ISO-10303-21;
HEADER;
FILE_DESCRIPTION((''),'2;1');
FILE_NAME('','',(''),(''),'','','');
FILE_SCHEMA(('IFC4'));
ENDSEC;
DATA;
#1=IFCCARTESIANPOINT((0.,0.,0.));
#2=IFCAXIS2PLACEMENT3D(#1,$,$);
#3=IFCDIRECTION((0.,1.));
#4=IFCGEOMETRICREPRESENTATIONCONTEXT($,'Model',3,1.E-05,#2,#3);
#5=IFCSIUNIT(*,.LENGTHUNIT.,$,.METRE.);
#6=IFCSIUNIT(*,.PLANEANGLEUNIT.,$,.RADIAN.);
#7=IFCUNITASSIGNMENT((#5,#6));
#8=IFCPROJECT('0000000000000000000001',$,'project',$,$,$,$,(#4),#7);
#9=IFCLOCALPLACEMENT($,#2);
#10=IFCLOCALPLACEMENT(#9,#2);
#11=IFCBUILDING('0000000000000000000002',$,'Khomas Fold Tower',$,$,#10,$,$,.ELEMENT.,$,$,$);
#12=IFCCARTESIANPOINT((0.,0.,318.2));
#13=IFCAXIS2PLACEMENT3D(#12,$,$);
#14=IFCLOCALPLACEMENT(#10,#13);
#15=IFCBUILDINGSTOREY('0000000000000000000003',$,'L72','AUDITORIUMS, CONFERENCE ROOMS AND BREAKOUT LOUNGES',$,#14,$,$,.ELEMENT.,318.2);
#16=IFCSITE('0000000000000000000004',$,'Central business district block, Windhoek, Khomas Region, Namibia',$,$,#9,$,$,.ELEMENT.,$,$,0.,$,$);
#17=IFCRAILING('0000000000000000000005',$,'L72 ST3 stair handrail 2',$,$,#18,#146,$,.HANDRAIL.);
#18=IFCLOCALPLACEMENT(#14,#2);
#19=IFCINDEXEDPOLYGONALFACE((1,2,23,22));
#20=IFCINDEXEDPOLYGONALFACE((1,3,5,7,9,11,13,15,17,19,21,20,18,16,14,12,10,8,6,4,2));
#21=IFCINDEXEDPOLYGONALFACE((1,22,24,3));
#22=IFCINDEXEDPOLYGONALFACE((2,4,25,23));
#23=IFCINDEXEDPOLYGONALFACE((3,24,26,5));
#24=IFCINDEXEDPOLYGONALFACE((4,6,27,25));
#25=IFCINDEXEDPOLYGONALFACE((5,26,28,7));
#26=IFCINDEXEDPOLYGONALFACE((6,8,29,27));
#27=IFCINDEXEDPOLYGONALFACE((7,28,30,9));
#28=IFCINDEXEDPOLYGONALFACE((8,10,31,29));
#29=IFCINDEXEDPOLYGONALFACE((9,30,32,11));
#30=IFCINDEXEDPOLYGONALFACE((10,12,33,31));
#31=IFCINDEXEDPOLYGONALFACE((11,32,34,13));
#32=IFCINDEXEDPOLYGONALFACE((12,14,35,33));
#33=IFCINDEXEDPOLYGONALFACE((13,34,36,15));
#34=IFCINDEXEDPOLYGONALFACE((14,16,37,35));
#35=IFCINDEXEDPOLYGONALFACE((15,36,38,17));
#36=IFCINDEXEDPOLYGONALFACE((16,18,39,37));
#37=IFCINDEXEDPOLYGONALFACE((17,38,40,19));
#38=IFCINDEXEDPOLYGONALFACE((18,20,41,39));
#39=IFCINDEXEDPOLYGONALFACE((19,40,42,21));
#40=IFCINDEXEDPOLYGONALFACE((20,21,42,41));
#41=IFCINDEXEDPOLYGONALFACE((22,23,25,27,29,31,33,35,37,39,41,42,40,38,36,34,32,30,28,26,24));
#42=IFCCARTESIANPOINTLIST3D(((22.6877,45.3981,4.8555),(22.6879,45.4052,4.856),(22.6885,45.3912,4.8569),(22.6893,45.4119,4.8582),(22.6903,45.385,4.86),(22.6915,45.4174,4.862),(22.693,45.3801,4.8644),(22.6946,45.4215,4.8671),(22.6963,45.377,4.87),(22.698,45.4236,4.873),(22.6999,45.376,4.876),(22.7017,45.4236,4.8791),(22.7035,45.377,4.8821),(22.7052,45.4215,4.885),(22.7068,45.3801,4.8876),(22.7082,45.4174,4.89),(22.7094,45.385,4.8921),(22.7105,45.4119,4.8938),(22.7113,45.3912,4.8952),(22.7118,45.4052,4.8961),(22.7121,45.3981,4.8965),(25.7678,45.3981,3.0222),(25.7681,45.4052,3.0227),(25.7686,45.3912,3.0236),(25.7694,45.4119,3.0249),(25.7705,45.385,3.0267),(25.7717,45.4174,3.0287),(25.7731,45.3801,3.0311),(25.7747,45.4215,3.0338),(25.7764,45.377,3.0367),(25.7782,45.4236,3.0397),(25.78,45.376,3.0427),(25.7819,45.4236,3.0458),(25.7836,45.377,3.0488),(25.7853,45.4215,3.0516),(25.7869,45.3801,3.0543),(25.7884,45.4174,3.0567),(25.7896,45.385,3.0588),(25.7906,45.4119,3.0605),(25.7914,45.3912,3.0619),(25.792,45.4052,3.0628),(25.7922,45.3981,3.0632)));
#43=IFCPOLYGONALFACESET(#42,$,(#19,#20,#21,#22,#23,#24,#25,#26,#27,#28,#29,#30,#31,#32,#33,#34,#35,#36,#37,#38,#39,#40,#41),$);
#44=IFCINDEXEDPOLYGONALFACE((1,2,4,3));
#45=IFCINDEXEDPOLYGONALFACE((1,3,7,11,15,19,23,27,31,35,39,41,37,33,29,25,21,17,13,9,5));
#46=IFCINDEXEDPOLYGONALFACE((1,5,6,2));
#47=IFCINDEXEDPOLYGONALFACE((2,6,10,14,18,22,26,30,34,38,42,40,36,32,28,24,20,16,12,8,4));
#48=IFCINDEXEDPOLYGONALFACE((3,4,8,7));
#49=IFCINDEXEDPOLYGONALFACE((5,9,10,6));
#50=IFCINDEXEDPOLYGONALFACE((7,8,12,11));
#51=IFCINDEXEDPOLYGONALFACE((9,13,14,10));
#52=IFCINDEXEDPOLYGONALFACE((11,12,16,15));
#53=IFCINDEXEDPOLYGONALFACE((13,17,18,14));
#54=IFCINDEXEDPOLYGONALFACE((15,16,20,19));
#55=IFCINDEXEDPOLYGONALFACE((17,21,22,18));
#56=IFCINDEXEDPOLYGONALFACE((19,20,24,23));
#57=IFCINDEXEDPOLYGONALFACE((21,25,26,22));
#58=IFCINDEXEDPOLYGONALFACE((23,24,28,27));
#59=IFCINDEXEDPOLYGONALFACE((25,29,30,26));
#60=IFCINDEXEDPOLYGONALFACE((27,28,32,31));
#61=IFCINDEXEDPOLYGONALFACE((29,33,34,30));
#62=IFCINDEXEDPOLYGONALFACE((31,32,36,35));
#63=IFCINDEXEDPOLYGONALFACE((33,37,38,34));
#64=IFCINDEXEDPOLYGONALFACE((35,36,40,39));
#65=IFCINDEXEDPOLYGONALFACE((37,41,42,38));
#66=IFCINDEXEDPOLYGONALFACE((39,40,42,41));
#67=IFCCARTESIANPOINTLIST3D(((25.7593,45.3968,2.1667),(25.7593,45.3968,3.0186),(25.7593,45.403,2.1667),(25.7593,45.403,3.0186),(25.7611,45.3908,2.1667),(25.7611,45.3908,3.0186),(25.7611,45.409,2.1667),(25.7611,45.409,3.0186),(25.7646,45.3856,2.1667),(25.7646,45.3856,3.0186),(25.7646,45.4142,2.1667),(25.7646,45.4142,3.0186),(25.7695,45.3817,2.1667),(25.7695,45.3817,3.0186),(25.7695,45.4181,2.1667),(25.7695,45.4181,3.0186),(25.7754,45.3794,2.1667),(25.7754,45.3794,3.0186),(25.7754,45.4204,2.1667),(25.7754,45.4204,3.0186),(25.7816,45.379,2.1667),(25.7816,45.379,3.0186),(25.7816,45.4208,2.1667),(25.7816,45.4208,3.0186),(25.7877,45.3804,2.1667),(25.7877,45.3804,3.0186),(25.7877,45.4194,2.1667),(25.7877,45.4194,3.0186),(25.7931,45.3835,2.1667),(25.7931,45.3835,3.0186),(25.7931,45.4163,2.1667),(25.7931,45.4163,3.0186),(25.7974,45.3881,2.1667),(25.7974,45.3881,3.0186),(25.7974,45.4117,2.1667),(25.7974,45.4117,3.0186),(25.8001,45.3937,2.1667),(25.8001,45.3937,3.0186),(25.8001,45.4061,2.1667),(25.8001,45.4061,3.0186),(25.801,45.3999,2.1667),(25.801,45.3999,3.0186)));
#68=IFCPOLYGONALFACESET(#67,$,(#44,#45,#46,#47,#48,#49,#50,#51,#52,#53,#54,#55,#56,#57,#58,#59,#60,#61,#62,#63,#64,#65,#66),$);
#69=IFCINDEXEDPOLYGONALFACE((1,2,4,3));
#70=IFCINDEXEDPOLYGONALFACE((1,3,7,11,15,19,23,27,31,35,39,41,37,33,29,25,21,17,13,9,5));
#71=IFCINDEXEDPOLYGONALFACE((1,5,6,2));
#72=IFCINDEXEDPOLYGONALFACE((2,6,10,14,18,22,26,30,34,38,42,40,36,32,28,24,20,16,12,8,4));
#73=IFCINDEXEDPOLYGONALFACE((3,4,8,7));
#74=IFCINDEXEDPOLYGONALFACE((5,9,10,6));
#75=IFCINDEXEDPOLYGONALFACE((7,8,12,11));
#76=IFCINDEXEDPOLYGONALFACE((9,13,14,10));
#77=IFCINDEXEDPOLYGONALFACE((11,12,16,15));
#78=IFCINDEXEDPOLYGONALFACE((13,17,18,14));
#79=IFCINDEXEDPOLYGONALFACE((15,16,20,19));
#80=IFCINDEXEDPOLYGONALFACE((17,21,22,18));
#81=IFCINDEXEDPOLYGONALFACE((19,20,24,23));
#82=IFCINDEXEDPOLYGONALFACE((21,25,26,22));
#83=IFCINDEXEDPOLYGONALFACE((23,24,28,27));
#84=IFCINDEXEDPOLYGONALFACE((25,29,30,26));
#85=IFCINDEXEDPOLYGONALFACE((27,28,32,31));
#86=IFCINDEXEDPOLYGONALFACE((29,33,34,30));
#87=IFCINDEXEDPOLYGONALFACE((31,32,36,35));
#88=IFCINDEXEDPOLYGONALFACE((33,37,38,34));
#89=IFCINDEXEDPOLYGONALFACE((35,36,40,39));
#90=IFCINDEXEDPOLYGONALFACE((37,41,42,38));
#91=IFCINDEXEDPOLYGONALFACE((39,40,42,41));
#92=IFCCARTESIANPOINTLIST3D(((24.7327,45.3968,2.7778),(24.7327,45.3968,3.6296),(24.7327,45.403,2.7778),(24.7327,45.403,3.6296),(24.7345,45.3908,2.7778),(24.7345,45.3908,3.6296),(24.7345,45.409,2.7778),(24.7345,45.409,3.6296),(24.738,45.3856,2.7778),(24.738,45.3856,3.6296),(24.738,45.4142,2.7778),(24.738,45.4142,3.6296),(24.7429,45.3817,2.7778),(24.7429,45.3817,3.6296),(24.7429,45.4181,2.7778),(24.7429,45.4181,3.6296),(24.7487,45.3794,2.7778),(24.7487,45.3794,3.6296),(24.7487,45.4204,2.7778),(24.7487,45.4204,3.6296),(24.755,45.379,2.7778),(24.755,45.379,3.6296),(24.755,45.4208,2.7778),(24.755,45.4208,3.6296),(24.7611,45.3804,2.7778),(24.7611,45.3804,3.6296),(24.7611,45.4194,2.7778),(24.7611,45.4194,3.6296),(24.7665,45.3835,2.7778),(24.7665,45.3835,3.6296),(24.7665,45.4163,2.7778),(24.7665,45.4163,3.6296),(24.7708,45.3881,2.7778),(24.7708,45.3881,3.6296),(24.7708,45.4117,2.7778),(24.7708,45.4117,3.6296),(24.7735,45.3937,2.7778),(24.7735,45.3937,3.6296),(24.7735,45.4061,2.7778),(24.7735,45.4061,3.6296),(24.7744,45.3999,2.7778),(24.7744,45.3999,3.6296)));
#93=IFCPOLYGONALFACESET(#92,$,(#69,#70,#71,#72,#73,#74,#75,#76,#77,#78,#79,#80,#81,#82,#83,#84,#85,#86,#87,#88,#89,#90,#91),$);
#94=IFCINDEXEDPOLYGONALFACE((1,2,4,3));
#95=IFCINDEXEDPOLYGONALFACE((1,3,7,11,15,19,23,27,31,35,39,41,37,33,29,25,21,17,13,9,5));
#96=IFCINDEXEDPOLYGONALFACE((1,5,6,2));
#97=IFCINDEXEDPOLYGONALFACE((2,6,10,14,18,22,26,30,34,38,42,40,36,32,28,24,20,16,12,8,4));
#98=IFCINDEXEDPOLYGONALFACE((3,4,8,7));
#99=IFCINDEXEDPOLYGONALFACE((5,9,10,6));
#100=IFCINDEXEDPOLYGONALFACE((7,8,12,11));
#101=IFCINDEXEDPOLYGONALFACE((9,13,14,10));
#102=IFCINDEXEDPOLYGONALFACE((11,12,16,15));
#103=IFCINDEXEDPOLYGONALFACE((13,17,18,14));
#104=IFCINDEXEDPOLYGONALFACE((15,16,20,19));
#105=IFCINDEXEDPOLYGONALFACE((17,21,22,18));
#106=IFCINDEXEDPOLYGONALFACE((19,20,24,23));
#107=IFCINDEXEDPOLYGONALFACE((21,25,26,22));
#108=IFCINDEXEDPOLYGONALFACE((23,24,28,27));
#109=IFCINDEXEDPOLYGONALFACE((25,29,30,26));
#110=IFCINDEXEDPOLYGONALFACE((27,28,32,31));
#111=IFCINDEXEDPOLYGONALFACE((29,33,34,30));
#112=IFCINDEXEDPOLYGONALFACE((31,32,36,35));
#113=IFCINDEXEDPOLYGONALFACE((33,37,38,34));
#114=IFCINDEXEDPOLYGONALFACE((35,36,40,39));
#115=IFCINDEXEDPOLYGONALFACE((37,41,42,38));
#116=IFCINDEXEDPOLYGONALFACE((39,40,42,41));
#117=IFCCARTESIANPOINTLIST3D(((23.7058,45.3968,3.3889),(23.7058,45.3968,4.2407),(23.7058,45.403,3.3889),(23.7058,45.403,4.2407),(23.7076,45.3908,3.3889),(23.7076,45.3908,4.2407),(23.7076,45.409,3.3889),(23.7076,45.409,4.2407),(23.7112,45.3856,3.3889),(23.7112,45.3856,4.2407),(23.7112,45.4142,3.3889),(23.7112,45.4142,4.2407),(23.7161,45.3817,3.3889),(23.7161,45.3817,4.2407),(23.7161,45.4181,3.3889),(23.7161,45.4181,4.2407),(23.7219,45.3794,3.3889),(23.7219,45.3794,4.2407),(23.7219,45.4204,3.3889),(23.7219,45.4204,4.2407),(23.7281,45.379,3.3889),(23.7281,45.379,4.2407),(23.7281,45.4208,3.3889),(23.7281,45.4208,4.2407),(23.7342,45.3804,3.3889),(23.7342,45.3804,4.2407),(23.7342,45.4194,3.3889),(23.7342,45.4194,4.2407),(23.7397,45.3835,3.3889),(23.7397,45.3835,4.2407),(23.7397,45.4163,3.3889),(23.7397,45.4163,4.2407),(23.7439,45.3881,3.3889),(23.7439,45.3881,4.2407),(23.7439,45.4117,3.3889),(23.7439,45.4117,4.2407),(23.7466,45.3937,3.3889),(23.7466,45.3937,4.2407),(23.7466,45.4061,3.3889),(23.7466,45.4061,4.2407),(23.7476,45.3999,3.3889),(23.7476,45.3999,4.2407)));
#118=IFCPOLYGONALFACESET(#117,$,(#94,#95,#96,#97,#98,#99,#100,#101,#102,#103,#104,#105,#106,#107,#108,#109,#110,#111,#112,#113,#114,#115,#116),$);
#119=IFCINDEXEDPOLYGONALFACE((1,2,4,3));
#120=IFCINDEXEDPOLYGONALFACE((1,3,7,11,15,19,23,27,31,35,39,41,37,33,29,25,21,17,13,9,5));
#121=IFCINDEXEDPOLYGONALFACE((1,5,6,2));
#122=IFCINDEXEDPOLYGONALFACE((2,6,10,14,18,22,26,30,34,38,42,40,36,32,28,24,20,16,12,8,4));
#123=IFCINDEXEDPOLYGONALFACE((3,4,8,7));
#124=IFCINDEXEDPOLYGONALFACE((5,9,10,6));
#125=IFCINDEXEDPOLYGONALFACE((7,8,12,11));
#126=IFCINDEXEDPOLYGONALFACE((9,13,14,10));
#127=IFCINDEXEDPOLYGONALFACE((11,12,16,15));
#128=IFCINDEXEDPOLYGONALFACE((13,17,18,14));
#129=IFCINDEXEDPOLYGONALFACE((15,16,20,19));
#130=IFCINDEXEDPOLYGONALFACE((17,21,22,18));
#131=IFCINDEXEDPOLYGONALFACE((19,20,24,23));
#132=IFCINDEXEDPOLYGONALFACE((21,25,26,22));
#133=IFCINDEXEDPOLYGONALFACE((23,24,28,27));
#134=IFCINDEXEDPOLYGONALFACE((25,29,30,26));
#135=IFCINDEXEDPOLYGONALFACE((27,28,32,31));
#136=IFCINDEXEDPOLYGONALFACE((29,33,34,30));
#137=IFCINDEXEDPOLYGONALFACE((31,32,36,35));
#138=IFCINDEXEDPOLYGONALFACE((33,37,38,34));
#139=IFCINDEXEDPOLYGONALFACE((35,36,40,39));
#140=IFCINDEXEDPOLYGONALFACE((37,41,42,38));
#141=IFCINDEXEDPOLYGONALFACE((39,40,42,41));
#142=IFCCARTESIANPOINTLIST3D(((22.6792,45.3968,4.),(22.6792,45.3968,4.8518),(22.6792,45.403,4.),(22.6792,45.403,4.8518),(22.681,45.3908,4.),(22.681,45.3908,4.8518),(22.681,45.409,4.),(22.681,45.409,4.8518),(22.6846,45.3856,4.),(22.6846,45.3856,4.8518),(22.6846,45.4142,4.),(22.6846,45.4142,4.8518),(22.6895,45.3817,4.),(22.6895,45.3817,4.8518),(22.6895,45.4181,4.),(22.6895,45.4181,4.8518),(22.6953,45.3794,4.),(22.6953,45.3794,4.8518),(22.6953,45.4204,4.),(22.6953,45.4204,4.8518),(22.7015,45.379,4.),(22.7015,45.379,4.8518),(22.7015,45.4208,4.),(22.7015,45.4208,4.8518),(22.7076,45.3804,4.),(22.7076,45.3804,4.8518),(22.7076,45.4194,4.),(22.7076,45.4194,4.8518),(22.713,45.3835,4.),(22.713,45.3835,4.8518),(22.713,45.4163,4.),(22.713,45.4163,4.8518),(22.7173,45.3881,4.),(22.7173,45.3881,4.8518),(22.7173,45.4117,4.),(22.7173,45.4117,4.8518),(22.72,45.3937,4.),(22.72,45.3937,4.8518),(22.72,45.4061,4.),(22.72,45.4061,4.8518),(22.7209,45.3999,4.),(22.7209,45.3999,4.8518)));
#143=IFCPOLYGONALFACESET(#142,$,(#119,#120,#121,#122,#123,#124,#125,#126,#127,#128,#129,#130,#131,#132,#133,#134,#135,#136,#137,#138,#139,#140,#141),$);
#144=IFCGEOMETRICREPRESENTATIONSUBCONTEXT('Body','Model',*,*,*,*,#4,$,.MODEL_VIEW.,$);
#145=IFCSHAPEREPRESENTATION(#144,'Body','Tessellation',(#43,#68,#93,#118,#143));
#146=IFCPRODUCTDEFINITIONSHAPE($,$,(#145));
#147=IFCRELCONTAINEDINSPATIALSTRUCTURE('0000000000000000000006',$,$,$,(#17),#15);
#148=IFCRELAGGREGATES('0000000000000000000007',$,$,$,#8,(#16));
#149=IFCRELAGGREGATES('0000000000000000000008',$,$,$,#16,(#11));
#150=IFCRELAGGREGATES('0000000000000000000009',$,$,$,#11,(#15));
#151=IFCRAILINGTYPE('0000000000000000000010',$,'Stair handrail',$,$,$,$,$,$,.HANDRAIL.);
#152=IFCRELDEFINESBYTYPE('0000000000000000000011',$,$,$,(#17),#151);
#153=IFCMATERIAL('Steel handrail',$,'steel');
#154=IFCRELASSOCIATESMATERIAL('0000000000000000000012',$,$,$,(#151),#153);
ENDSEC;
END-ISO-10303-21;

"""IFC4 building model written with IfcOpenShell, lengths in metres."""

from ifc_helpers import new_model, si_unit, direction, frame, origin, origin_2d, place, context, subcontext, project, spatial, circle, extrude, source, transform, mapped, material, type_object, element, save


model = new_model("IFC4")

# Units and contexts
model_context = context("Model", 3, precision=1e-05, world=origin(), true_north=direction((0.0, 1.0)))
body_context = subcontext(model_context, "Body", "Model", "MODEL_VIEW")
ifc_project = project(units=[si_unit("LENGTHUNIT", "METRE"), si_unit("PLANEANGLEUNIT", "RADIAN")], contexts=[model_context])

# Site, building, storey
site_placement = place(None, origin())
site = spatial("IfcSite", under=ifc_project, at=site_placement, Name="Central business district block, Windhoek, Khomas Region, Namibia", CompositionType="ELEMENT", RefElevation=0.0)
building_placement = place(site_placement, origin())
building = spatial("IfcBuilding", under=site, at=building_placement, Name="Khomas Fold Tower", CompositionType="ELEMENT")
storey_placement = place(building_placement, frame((0.0, 0.0, 318.2)))
storey = spatial("IfcBuildingStorey", under=building, at=storey_placement, Name="L72", Description="AUDITORIUMS, CONFERENCE ROOMS AND BREAKOUT LOUNGES", CompositionType="ELEMENT", Elevation=318.2)

# Railing
ifc_material_1 = material(Name="Steel handrail", Category="steel")
railing_type_1 = type_object("IfcRailingType", Name="Stair handrail", PredefinedType="HANDRAIL", material=ifc_material_1)
shared_shape_1 = source(origin(), body_context, "Body", "SweptSolid", [
    extrude(circle(Radius=0.0239, at=origin_2d()), frame((0.0, 0.0, 0.876), z_axis=(-0.859309, 0.0, 0.511458), x_axis=(0.0, -1.0, 0.0)), (0.0, 0.0, 1.0), 3.5845),
    extrude(circle(Radius=0.021, at=origin_2d()), origin(), (0.0, 0.0, 1.0), 0.8518),
    extrude(circle(Radius=0.021, at=origin_2d()), frame((-1.0266, 0.0, 0.6111)), (0.0, 0.0, 1.0), 0.8518),
    extrude(circle(Radius=0.021, at=origin_2d()), frame((-2.0535, 0.0, 1.2222)), (0.0, 0.0, 1.0), 0.8518),
    extrude(circle(Radius=0.021, at=origin_2d()), frame((-3.0801, 0.0, 1.8333)), (0.0, 0.0, 1.0), 0.8518),
])
railing_1_placement = place(storey_placement, frame((25.78, 45.3999, 2.1667)))
element("IfcRailing", 1, at=railing_1_placement, inside=storey, type_object=railing_type_1, Name="L72 ST3 stair handrail 2", PredefinedType="HANDRAIL", context=body_context, shape_type="MappedRepresentation", body=[
    mapped(shared_shape_1, transform((0.0, 0.0, 0.0))),
])

save(model, "model.ifc")
